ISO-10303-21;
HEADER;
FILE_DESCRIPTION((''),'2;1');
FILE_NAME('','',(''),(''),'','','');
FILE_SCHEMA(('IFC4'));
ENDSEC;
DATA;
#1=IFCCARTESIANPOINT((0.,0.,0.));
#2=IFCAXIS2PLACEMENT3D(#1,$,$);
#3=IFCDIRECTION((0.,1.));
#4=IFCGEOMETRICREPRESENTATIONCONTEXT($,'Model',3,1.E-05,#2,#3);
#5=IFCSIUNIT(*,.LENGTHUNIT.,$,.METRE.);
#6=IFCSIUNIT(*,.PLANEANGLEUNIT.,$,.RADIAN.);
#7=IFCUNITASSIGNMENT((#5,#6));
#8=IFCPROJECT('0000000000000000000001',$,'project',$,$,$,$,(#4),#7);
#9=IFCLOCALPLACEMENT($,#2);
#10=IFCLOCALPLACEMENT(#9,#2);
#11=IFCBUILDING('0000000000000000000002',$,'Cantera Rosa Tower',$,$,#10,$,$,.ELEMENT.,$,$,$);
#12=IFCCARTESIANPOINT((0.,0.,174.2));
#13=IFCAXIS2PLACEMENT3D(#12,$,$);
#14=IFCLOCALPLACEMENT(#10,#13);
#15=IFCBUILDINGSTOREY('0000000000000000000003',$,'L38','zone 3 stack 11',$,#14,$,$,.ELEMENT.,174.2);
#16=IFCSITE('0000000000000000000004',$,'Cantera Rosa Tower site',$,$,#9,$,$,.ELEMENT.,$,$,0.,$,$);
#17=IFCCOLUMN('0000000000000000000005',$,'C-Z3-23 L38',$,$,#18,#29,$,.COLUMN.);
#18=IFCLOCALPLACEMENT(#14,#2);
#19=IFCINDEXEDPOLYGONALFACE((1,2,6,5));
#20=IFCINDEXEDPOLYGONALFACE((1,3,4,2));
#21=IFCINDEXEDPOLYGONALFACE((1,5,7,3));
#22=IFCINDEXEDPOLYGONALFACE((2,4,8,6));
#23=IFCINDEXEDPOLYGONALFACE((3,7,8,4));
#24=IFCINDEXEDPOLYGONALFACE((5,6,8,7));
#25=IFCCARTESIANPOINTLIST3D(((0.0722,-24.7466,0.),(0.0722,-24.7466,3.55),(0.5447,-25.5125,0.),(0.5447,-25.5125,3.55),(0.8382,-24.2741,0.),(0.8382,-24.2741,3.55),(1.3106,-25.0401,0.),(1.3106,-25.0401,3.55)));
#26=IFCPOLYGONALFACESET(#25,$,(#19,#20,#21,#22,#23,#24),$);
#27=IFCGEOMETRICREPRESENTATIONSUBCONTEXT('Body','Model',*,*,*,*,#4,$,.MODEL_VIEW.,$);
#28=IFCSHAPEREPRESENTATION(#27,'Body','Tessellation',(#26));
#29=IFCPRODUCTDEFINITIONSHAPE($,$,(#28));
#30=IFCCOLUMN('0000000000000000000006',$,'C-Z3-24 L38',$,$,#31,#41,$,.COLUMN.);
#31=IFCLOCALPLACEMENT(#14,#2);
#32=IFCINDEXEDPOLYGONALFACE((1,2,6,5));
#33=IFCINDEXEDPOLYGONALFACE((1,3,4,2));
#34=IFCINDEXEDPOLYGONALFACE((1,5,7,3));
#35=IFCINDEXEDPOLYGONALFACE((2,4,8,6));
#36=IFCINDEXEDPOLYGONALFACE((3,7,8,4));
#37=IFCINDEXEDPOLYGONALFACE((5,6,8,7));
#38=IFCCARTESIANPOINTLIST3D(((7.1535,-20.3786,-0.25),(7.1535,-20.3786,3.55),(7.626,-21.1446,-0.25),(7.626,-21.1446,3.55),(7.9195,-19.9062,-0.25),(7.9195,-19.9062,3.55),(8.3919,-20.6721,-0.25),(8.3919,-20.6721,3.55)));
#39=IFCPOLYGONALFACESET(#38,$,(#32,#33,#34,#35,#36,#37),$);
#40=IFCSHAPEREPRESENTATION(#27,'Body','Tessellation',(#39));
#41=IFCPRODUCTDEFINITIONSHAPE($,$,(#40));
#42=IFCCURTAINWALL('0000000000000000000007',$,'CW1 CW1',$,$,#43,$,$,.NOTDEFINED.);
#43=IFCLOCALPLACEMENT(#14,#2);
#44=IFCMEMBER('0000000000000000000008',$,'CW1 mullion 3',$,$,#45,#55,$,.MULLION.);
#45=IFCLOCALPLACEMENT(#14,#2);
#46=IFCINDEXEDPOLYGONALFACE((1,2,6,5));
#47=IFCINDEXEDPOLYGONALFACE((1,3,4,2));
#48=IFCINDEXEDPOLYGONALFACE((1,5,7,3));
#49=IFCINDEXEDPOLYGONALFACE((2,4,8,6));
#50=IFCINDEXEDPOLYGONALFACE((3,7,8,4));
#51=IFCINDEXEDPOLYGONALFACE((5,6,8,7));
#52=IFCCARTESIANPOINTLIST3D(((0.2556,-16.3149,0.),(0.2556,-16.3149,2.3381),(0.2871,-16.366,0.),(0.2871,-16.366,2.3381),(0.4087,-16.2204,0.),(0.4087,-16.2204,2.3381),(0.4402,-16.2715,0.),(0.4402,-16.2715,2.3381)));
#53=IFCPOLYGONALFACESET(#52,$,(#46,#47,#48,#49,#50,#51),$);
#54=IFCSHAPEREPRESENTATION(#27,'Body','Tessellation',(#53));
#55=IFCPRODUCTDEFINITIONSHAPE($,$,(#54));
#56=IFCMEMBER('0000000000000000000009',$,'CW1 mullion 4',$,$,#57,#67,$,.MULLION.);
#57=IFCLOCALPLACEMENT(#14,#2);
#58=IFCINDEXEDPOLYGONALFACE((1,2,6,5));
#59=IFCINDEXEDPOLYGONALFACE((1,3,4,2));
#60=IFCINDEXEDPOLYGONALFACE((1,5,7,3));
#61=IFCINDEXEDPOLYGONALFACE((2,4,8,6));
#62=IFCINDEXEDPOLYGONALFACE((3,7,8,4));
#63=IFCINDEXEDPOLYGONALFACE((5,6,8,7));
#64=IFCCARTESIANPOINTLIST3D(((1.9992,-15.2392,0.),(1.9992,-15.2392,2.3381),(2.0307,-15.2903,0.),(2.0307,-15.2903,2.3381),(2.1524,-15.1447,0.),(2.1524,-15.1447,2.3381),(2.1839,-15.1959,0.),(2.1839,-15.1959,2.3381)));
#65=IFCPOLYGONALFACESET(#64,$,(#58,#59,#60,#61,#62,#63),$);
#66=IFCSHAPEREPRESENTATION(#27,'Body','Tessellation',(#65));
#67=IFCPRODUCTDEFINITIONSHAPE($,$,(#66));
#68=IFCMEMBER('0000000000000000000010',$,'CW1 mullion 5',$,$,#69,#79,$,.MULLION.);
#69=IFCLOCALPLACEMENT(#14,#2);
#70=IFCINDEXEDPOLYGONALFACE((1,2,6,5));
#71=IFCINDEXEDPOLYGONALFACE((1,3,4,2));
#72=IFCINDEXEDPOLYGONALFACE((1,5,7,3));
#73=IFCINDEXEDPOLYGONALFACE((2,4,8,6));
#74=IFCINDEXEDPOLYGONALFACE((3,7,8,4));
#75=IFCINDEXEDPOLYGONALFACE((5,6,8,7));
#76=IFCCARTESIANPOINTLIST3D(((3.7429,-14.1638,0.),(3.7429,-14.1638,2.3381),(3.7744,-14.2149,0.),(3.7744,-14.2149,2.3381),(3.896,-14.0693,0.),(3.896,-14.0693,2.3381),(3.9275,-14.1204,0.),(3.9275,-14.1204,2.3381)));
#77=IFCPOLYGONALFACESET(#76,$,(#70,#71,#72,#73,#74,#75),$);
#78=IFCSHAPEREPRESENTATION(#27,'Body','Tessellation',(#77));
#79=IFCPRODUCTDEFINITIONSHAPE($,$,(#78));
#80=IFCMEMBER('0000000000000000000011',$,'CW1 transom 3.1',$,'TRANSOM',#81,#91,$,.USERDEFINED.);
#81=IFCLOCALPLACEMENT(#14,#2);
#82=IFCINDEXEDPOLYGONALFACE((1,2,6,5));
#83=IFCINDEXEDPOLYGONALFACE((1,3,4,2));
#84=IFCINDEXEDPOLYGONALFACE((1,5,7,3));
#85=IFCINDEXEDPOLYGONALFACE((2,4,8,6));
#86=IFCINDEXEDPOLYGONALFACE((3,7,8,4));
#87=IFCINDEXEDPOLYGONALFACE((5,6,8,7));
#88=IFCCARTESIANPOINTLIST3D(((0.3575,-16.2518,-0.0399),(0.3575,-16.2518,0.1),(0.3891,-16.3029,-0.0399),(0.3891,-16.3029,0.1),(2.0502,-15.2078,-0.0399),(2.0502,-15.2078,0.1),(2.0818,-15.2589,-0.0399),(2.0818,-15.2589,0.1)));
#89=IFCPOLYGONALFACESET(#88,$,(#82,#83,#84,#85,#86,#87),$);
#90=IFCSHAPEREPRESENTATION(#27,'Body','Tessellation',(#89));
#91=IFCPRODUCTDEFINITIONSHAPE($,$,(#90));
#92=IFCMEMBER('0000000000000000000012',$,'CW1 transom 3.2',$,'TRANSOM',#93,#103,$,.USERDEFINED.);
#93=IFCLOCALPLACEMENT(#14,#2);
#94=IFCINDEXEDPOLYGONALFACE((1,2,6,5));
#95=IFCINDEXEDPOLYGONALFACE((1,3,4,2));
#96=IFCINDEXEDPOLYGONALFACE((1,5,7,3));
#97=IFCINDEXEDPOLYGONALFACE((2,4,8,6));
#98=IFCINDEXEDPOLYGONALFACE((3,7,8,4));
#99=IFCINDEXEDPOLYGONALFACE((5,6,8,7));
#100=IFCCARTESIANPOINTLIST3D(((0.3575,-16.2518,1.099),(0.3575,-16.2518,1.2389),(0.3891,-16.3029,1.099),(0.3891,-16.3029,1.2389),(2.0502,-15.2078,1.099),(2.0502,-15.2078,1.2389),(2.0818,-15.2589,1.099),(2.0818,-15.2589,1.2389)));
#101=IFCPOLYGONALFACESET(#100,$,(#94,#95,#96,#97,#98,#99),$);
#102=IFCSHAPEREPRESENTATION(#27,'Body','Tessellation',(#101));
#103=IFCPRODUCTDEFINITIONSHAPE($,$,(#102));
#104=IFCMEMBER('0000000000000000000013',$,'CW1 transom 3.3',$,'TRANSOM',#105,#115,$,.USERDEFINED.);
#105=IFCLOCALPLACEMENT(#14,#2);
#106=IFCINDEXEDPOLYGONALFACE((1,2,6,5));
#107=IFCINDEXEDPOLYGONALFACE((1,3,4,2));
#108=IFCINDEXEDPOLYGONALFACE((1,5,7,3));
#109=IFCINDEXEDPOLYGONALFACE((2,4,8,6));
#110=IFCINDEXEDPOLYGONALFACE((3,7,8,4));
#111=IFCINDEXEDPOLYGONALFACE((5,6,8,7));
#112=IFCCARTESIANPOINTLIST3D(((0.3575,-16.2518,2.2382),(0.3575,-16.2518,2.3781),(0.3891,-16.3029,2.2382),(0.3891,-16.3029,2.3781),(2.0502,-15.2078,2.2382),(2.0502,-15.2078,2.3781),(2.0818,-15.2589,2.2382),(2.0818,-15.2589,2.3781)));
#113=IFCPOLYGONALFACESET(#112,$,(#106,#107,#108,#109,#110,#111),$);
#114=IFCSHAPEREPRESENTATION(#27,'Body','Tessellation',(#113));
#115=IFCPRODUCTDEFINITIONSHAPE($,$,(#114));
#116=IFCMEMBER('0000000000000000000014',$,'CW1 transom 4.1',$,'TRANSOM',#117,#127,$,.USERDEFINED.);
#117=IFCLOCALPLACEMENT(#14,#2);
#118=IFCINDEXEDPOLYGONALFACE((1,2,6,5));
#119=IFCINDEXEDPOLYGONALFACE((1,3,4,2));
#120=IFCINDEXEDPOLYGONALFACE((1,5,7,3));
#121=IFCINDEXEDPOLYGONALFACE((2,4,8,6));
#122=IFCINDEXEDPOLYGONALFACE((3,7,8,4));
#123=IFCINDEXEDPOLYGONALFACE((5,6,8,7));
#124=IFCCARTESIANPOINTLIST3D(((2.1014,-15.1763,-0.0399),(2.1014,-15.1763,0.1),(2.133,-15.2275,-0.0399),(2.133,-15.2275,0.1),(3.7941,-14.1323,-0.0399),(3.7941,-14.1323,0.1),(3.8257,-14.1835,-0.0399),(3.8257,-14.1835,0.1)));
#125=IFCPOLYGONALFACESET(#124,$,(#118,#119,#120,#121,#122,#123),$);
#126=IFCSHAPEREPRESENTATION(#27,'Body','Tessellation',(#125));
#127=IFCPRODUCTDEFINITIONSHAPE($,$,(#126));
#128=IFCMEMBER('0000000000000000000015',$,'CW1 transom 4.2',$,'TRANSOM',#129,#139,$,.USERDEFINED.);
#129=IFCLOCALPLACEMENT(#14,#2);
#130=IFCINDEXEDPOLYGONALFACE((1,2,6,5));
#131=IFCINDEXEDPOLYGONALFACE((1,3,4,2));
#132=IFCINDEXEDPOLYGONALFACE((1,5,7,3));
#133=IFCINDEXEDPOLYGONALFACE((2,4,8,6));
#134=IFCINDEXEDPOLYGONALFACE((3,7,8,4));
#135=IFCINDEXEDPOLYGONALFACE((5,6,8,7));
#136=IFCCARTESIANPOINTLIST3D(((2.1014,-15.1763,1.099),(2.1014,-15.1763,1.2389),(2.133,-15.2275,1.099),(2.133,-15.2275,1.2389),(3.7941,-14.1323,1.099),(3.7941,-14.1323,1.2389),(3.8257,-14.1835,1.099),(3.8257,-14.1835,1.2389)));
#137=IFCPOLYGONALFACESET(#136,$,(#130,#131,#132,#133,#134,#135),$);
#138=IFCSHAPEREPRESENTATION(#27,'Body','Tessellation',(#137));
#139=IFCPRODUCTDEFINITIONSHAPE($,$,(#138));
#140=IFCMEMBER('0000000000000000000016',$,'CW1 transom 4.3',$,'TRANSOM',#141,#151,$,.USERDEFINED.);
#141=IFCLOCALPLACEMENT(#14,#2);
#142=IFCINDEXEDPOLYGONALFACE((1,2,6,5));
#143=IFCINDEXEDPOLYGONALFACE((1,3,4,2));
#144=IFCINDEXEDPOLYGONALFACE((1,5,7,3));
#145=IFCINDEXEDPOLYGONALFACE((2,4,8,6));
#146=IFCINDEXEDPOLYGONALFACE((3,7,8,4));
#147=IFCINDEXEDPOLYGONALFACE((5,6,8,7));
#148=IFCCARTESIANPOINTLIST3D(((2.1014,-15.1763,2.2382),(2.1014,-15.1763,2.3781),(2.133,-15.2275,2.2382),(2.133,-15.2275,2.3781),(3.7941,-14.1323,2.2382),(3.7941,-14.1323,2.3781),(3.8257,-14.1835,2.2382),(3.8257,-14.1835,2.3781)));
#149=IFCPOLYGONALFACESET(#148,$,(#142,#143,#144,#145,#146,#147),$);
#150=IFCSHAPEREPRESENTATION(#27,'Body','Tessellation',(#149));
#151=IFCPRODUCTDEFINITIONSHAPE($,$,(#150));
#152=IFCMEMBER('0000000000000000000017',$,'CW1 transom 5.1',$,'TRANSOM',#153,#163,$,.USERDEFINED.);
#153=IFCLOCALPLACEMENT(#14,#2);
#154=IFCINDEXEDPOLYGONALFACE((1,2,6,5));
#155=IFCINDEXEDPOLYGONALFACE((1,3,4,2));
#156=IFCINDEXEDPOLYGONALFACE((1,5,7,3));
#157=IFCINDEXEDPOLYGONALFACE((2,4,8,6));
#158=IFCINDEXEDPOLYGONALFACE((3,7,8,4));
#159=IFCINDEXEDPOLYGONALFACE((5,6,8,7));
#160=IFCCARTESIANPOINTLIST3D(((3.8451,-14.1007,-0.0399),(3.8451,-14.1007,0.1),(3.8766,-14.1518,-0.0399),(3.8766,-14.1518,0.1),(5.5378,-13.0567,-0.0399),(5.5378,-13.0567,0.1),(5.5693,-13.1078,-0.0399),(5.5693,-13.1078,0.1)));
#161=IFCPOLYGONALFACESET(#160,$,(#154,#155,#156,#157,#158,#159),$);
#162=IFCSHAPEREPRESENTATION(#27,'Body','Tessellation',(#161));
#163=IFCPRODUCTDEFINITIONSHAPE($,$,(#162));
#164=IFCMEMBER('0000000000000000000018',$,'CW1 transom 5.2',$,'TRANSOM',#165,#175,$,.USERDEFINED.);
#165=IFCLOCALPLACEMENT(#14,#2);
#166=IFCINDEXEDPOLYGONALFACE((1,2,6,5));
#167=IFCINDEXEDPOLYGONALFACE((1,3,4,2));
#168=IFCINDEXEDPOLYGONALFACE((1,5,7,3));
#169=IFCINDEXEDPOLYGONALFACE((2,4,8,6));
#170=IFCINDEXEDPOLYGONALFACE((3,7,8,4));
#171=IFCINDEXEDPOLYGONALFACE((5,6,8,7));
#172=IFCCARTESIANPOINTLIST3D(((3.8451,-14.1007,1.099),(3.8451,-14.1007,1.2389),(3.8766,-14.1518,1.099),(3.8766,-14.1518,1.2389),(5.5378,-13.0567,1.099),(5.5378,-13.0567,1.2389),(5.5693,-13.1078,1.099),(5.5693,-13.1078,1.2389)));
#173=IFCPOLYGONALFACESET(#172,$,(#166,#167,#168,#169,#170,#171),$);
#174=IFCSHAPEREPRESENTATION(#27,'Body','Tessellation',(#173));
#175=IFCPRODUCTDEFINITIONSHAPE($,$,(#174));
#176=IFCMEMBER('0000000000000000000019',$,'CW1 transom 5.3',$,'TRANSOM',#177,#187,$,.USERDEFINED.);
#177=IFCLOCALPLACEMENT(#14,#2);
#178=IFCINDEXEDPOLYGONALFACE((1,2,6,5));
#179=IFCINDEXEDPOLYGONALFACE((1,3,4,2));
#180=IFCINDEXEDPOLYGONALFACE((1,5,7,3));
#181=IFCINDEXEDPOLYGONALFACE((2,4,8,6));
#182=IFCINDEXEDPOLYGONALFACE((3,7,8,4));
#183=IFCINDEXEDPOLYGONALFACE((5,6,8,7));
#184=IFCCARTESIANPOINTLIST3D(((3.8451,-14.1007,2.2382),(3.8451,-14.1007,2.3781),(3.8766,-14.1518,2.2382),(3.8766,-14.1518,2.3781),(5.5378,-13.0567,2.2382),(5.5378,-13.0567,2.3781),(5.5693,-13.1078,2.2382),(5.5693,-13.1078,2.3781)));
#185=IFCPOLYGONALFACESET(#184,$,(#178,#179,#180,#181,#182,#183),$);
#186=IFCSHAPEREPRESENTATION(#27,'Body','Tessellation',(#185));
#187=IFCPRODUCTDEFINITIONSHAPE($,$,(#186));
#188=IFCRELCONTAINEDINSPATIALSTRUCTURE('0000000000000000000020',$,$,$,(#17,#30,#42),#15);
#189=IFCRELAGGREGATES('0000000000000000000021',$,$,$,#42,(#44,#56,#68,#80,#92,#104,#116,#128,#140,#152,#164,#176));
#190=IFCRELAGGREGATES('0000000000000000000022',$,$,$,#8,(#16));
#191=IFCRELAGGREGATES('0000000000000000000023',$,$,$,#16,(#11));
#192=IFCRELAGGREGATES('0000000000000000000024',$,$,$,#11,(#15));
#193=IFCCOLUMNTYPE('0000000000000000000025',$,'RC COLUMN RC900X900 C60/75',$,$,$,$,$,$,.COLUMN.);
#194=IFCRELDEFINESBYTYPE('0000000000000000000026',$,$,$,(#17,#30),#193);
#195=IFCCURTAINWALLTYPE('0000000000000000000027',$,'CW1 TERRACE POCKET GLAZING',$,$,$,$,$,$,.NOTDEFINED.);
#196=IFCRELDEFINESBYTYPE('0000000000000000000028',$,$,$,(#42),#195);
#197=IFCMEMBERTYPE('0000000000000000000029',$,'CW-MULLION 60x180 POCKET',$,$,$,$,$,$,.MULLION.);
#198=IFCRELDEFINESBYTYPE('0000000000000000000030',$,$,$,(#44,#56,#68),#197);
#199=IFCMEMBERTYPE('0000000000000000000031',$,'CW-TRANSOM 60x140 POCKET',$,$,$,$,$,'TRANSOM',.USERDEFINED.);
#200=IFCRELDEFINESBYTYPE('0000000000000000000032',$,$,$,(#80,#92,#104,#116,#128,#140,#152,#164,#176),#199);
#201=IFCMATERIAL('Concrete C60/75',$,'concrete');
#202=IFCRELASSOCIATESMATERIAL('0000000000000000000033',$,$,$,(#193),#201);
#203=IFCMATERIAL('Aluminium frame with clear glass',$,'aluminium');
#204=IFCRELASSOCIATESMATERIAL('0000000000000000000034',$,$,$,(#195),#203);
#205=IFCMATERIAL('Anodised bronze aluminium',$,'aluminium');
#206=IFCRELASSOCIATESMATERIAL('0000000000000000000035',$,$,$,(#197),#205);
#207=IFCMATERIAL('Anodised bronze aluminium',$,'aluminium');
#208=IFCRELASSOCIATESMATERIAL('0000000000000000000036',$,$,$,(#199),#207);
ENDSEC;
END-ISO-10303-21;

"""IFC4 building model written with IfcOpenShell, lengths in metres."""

from ifc_helpers import new_model, si_unit, direction, frame, origin, origin_2d, place, context, subcontext, project, spatial, rectangle, extrude, material, material_profile, profile_set, type_object, element, aggregate, save


model = new_model("IFC4")

# Units and contexts
model_context = context("Model", 3, precision=1e-05, world=origin(), true_north=direction((0.0, 1.0)))
body_context = subcontext(model_context, "Body", "Model", "MODEL_VIEW")
ifc_project = project(units=[si_unit("LENGTHUNIT", "METRE"), si_unit("PLANEANGLEUNIT", "RADIAN")], contexts=[model_context])

# Site, building, storey
site_placement = place(None, origin())
site = spatial("IfcSite", under=ifc_project, at=site_placement, Name="Cantera Rosa Tower site", CompositionType="ELEMENT", RefElevation=0.0)
building_placement = place(site_placement, origin())
building = spatial("IfcBuilding", under=site, at=building_placement, Name="Cantera Rosa Tower", CompositionType="ELEMENT")
storey_placement = place(building_placement, frame((0.0, 0.0, 174.2)))
storey = spatial("IfcBuildingStorey", under=building, at=storey_placement, Name="L38", Description="zone 3 stack 11", CompositionType="ELEMENT", Elevation=174.2)

# Columns
ifc_material_1 = material(Name="Concrete C60/75", Category="concrete")
ifc_material_profile_1 = material_profile(ifc_material_1, rectangle(XDim=0.8999, YDim=0.8999, at=origin_2d()), Name="RC COLUMN RC900X900 C60/75")
ifc_profile_set_1 = profile_set([ifc_material_profile_1], Name="Concrete C60/75")
column_type = type_object("IfcColumnType", Name="RC COLUMN RC900X900 C60/75", PredefinedType="COLUMN", material=ifc_profile_set_1)
column_1_placement = place(storey_placement, frame((0.6914, -24.8933, 0.0), z_axis=(0.0, 0.0, 1.0), x_axis=(0.851117, 0.524977, 0.0)))
element("IfcColumn", 1, at=column_1_placement, inside=storey, type_object=column_type, Name="C-Z3-23 L38", PredefinedType="COLUMN", context=body_context, shape_type="SweptSolid", body=[
    extrude(rectangle(XDim=0.8999, YDim=0.8999, at=origin_2d()), origin(), (0.0, 0.0, 1.0), 3.55),
])
column_2_placement = place(storey_placement, frame((7.7727, -20.5254, -0.25), z_axis=(0.0, 0.0, 1.0), x_axis=(0.851117, 0.524977, 0.0)))
element("IfcColumn", 2, at=column_2_placement, inside=storey, type_object=column_type, Name="C-Z3-24 L38", PredefinedType="COLUMN", context=body_context, shape_type="SweptSolid", body=[
    extrude(rectangle(XDim=0.8999, YDim=0.8999, at=origin_2d()), origin(), (0.0, 0.0, 1.0), 3.8),
])

# Curtain wall, members
ifc_material_2 = material(Name="Aluminium frame with clear glass", Category="aluminium")
curtain_wall_type = type_object("IfcCurtainWallType", Name="CW1 TERRACE POCKET GLAZING", PredefinedType="NOTDEFINED", material=ifc_material_2)
curtain_wall_placement = place(storey_placement, origin())
curtain_wall = element("IfcCurtainWall", 3, at=curtain_wall_placement, inside=storey, type_object=curtain_wall_type, Name="CW1 CW1", PredefinedType="NOTDEFINED")
ifc_material_3 = material(Name="Anodised bronze aluminium", Category="aluminium")
ifc_material_profile_2 = material_profile(ifc_material_3, rectangle(XDim=0.0601, YDim=0.1799, at=origin_2d()), Name="CW-MULLION 60x180 POCKET")
ifc_profile_set_2 = profile_set([ifc_material_profile_2], Name="Anodised bronze aluminium")
member_type_1 = type_object("IfcMemberType", Name="CW-MULLION 60x180 POCKET", PredefinedType="MULLION", material=ifc_profile_set_2)
member_1_placement = place(storey_placement, frame((0.3479, -16.2932, 0.0), z_axis=(0.0, 0.0, 1.0), x_axis=(-0.524977, 0.851117, 0.0)))
member_1 = element("IfcMember", 4, at=member_1_placement, type_object=member_type_1, Name="CW1 mullion 3", PredefinedType="MULLION", context=body_context, shape_type="SweptSolid", body=[
    extrude(rectangle(XDim=0.0601, YDim=0.1799, at=origin_2d()), origin(), (0.0, 0.0, 1.0), 2.3381),
])
member_2_placement = place(storey_placement, frame((2.0916, -15.2175, 0.0), z_axis=(0.0, 0.0, 1.0), x_axis=(-0.524977, 0.851117, 0.0)))
member_2 = element("IfcMember", 5, at=member_2_placement, type_object=member_type_1, Name="CW1 mullion 4", PredefinedType="MULLION", context=body_context, shape_type="SweptSolid", body=[
    extrude(rectangle(XDim=0.0601, YDim=0.1799, at=origin_2d()), origin(), (0.0, 0.0, 1.0), 2.3381),
])
member_3_placement = place(storey_placement, frame((3.8352, -14.1421, 0.0), z_axis=(0.0, 0.0, 1.0), x_axis=(-0.524977, 0.851117, 0.0)))
member_3 = element("IfcMember", 6, at=member_3_placement, type_object=member_type_1, Name="CW1 mullion 5", PredefinedType="MULLION", context=body_context, shape_type="SweptSolid", body=[
    extrude(rectangle(XDim=0.0601, YDim=0.1799, at=origin_2d()), origin(), (0.0, 0.0, 1.0), 2.3381),
])
ifc_material_4 = material(Name="Anodised bronze aluminium", Category="aluminium")
ifc_material_profile_3 = material_profile(ifc_material_4, rectangle(XDim=0.0601, YDim=0.1399, at=origin_2d()), Name="CW-TRANSOM 60x140 POCKET")
ifc_profile_set_3 = profile_set([ifc_material_profile_3], Name="Anodised bronze aluminium")
member_type_2 = type_object("IfcMemberType", Name="CW-TRANSOM 60x140 POCKET", ElementType="TRANSOM", PredefinedType="USERDEFINED", material=ifc_profile_set_3)
member_4_placement = place(storey_placement, frame((0.3733, -16.2773, 0.03), z_axis=(0.851135, 0.524947, 0.0), x_axis=(-0.524947, 0.851135, 0.0)))
member_4 = element("IfcMember", 7, at=member_4_placement, type_object=member_type_2, Name="CW1 transom 3.1", ObjectType="TRANSOM", PredefinedType="USERDEFINED", context=body_context, shape_type="SweptSolid", body=[
    extrude(rectangle(XDim=0.0601, YDim=0.1399, at=origin_2d()), origin(), (0.0, 0.0, 1.0), 1.9888),
])
member_5_placement = place(storey_placement, frame((0.3733, -16.2773, 1.1689), z_axis=(0.851135, 0.524947, 0.0), x_axis=(-0.524947, 0.851135, 0.0)))
member_5 = element("IfcMember", 8, at=member_5_placement, type_object=member_type_2, Name="CW1 transom 3.2", ObjectType="TRANSOM", PredefinedType="USERDEFINED", context=body_context, shape_type="SweptSolid", body=[
    extrude(rectangle(XDim=0.0601, YDim=0.1399, at=origin_2d()), origin(), (0.0, 0.0, 1.0), 1.9888),
])
member_6_placement = place(storey_placement, frame((0.3733, -16.2773, 2.3081), z_axis=(0.851135, 0.524947, 0.0), x_axis=(-0.524947, 0.851135, 0.0)))
member_6 = element("IfcMember", 9, at=member_6_placement, type_object=member_type_2, Name="CW1 transom 3.3", ObjectType="TRANSOM", PredefinedType="USERDEFINED", context=body_context, shape_type="SweptSolid", body=[
    extrude(rectangle(XDim=0.0601, YDim=0.1399, at=origin_2d()), origin(), (0.0, 0.0, 1.0), 1.9888),
])
member_7_placement = place(storey_placement, frame((2.1172, -15.2019, 0.03), z_axis=(0.851135, 0.524947, 0.0), x_axis=(-0.524947, 0.851135, 0.0)))
member_7 = element("IfcMember", 10, at=member_7_placement, type_object=member_type_2, Name="CW1 transom 4.1", ObjectType="TRANSOM", PredefinedType="USERDEFINED", context=body_context, shape_type="SweptSolid", body=[
    extrude(rectangle(XDim=0.0601, YDim=0.1399, at=origin_2d()), origin(), (0.0, 0.0, 1.0), 1.9888),
])
member_8_placement = place(storey_placement, frame((2.1172, -15.2019, 1.1689), z_axis=(0.851135, 0.524947, 0.0), x_axis=(-0.524947, 0.851135, 0.0)))
member_8 = element("IfcMember", 11, at=member_8_placement, type_object=member_type_2, Name="CW1 transom 4.2", ObjectType="TRANSOM", PredefinedType="USERDEFINED", context=body_context, shape_type="SweptSolid", body=[
    extrude(rectangle(XDim=0.0601, YDim=0.1399, at=origin_2d()), origin(), (0.0, 0.0, 1.0), 1.9888),
])
member_9_placement = place(storey_placement, frame((2.1172, -15.2019, 2.3081), z_axis=(0.851135, 0.524947, 0.0), x_axis=(-0.524947, 0.851135, 0.0)))
member_9 = element("IfcMember", 12, at=member_9_placement, type_object=member_type_2, Name="CW1 transom 4.3", ObjectType="TRANSOM", PredefinedType="USERDEFINED", context=body_context, shape_type="SweptSolid", body=[
    extrude(rectangle(XDim=0.0601, YDim=0.1399, at=origin_2d()), origin(), (0.0, 0.0, 1.0), 1.9888),
])
member_10_placement = place(storey_placement, frame((3.8608, -14.1262, 0.03), z_axis=(0.851135, 0.524947, 0.0), x_axis=(-0.524947, 0.851135, 0.0)))
member_10 = element("IfcMember", 13, at=member_10_placement, type_object=member_type_2, Name="CW1 transom 5.1", ObjectType="TRANSOM", PredefinedType="USERDEFINED", context=body_context, shape_type="SweptSolid", body=[
    extrude(rectangle(XDim=0.0601, YDim=0.1399, at=origin_2d()), origin(), (0.0, 0.0, 1.0), 1.9888),
])
member_11_placement = place(storey_placement, frame((3.8608, -14.1262, 1.1689), z_axis=(0.851135, 0.524947, 0.0), x_axis=(-0.524947, 0.851135, 0.0)))
member_11 = element("IfcMember", 14, at=member_11_placement, type_object=member_type_2, Name="CW1 transom 5.2", ObjectType="TRANSOM", PredefinedType="USERDEFINED", context=body_context, shape_type="SweptSolid", body=[
    extrude(rectangle(XDim=0.0601, YDim=0.1399, at=origin_2d()), origin(), (0.0, 0.0, 1.0), 1.9888),
])
member_12_placement = place(storey_placement, frame((3.8608, -14.1262, 2.3081), z_axis=(0.851135, 0.524947, 0.0), x_axis=(-0.524947, 0.851135, 0.0)))
member_12 = element("IfcMember", 15, at=member_12_placement, type_object=member_type_2, Name="CW1 transom 5.3", ObjectType="TRANSOM", PredefinedType="USERDEFINED", context=body_context, shape_type="SweptSolid", body=[
    extrude(rectangle(XDim=0.0601, YDim=0.1399, at=origin_2d()), origin(), (0.0, 0.0, 1.0), 1.9888),
])

aggregate(curtain_wall, [member_1, member_2, member_3, member_4, member_5, member_6, member_7, member_8, member_9, member_10, member_11, member_12])

save(model, "model.ifc")
